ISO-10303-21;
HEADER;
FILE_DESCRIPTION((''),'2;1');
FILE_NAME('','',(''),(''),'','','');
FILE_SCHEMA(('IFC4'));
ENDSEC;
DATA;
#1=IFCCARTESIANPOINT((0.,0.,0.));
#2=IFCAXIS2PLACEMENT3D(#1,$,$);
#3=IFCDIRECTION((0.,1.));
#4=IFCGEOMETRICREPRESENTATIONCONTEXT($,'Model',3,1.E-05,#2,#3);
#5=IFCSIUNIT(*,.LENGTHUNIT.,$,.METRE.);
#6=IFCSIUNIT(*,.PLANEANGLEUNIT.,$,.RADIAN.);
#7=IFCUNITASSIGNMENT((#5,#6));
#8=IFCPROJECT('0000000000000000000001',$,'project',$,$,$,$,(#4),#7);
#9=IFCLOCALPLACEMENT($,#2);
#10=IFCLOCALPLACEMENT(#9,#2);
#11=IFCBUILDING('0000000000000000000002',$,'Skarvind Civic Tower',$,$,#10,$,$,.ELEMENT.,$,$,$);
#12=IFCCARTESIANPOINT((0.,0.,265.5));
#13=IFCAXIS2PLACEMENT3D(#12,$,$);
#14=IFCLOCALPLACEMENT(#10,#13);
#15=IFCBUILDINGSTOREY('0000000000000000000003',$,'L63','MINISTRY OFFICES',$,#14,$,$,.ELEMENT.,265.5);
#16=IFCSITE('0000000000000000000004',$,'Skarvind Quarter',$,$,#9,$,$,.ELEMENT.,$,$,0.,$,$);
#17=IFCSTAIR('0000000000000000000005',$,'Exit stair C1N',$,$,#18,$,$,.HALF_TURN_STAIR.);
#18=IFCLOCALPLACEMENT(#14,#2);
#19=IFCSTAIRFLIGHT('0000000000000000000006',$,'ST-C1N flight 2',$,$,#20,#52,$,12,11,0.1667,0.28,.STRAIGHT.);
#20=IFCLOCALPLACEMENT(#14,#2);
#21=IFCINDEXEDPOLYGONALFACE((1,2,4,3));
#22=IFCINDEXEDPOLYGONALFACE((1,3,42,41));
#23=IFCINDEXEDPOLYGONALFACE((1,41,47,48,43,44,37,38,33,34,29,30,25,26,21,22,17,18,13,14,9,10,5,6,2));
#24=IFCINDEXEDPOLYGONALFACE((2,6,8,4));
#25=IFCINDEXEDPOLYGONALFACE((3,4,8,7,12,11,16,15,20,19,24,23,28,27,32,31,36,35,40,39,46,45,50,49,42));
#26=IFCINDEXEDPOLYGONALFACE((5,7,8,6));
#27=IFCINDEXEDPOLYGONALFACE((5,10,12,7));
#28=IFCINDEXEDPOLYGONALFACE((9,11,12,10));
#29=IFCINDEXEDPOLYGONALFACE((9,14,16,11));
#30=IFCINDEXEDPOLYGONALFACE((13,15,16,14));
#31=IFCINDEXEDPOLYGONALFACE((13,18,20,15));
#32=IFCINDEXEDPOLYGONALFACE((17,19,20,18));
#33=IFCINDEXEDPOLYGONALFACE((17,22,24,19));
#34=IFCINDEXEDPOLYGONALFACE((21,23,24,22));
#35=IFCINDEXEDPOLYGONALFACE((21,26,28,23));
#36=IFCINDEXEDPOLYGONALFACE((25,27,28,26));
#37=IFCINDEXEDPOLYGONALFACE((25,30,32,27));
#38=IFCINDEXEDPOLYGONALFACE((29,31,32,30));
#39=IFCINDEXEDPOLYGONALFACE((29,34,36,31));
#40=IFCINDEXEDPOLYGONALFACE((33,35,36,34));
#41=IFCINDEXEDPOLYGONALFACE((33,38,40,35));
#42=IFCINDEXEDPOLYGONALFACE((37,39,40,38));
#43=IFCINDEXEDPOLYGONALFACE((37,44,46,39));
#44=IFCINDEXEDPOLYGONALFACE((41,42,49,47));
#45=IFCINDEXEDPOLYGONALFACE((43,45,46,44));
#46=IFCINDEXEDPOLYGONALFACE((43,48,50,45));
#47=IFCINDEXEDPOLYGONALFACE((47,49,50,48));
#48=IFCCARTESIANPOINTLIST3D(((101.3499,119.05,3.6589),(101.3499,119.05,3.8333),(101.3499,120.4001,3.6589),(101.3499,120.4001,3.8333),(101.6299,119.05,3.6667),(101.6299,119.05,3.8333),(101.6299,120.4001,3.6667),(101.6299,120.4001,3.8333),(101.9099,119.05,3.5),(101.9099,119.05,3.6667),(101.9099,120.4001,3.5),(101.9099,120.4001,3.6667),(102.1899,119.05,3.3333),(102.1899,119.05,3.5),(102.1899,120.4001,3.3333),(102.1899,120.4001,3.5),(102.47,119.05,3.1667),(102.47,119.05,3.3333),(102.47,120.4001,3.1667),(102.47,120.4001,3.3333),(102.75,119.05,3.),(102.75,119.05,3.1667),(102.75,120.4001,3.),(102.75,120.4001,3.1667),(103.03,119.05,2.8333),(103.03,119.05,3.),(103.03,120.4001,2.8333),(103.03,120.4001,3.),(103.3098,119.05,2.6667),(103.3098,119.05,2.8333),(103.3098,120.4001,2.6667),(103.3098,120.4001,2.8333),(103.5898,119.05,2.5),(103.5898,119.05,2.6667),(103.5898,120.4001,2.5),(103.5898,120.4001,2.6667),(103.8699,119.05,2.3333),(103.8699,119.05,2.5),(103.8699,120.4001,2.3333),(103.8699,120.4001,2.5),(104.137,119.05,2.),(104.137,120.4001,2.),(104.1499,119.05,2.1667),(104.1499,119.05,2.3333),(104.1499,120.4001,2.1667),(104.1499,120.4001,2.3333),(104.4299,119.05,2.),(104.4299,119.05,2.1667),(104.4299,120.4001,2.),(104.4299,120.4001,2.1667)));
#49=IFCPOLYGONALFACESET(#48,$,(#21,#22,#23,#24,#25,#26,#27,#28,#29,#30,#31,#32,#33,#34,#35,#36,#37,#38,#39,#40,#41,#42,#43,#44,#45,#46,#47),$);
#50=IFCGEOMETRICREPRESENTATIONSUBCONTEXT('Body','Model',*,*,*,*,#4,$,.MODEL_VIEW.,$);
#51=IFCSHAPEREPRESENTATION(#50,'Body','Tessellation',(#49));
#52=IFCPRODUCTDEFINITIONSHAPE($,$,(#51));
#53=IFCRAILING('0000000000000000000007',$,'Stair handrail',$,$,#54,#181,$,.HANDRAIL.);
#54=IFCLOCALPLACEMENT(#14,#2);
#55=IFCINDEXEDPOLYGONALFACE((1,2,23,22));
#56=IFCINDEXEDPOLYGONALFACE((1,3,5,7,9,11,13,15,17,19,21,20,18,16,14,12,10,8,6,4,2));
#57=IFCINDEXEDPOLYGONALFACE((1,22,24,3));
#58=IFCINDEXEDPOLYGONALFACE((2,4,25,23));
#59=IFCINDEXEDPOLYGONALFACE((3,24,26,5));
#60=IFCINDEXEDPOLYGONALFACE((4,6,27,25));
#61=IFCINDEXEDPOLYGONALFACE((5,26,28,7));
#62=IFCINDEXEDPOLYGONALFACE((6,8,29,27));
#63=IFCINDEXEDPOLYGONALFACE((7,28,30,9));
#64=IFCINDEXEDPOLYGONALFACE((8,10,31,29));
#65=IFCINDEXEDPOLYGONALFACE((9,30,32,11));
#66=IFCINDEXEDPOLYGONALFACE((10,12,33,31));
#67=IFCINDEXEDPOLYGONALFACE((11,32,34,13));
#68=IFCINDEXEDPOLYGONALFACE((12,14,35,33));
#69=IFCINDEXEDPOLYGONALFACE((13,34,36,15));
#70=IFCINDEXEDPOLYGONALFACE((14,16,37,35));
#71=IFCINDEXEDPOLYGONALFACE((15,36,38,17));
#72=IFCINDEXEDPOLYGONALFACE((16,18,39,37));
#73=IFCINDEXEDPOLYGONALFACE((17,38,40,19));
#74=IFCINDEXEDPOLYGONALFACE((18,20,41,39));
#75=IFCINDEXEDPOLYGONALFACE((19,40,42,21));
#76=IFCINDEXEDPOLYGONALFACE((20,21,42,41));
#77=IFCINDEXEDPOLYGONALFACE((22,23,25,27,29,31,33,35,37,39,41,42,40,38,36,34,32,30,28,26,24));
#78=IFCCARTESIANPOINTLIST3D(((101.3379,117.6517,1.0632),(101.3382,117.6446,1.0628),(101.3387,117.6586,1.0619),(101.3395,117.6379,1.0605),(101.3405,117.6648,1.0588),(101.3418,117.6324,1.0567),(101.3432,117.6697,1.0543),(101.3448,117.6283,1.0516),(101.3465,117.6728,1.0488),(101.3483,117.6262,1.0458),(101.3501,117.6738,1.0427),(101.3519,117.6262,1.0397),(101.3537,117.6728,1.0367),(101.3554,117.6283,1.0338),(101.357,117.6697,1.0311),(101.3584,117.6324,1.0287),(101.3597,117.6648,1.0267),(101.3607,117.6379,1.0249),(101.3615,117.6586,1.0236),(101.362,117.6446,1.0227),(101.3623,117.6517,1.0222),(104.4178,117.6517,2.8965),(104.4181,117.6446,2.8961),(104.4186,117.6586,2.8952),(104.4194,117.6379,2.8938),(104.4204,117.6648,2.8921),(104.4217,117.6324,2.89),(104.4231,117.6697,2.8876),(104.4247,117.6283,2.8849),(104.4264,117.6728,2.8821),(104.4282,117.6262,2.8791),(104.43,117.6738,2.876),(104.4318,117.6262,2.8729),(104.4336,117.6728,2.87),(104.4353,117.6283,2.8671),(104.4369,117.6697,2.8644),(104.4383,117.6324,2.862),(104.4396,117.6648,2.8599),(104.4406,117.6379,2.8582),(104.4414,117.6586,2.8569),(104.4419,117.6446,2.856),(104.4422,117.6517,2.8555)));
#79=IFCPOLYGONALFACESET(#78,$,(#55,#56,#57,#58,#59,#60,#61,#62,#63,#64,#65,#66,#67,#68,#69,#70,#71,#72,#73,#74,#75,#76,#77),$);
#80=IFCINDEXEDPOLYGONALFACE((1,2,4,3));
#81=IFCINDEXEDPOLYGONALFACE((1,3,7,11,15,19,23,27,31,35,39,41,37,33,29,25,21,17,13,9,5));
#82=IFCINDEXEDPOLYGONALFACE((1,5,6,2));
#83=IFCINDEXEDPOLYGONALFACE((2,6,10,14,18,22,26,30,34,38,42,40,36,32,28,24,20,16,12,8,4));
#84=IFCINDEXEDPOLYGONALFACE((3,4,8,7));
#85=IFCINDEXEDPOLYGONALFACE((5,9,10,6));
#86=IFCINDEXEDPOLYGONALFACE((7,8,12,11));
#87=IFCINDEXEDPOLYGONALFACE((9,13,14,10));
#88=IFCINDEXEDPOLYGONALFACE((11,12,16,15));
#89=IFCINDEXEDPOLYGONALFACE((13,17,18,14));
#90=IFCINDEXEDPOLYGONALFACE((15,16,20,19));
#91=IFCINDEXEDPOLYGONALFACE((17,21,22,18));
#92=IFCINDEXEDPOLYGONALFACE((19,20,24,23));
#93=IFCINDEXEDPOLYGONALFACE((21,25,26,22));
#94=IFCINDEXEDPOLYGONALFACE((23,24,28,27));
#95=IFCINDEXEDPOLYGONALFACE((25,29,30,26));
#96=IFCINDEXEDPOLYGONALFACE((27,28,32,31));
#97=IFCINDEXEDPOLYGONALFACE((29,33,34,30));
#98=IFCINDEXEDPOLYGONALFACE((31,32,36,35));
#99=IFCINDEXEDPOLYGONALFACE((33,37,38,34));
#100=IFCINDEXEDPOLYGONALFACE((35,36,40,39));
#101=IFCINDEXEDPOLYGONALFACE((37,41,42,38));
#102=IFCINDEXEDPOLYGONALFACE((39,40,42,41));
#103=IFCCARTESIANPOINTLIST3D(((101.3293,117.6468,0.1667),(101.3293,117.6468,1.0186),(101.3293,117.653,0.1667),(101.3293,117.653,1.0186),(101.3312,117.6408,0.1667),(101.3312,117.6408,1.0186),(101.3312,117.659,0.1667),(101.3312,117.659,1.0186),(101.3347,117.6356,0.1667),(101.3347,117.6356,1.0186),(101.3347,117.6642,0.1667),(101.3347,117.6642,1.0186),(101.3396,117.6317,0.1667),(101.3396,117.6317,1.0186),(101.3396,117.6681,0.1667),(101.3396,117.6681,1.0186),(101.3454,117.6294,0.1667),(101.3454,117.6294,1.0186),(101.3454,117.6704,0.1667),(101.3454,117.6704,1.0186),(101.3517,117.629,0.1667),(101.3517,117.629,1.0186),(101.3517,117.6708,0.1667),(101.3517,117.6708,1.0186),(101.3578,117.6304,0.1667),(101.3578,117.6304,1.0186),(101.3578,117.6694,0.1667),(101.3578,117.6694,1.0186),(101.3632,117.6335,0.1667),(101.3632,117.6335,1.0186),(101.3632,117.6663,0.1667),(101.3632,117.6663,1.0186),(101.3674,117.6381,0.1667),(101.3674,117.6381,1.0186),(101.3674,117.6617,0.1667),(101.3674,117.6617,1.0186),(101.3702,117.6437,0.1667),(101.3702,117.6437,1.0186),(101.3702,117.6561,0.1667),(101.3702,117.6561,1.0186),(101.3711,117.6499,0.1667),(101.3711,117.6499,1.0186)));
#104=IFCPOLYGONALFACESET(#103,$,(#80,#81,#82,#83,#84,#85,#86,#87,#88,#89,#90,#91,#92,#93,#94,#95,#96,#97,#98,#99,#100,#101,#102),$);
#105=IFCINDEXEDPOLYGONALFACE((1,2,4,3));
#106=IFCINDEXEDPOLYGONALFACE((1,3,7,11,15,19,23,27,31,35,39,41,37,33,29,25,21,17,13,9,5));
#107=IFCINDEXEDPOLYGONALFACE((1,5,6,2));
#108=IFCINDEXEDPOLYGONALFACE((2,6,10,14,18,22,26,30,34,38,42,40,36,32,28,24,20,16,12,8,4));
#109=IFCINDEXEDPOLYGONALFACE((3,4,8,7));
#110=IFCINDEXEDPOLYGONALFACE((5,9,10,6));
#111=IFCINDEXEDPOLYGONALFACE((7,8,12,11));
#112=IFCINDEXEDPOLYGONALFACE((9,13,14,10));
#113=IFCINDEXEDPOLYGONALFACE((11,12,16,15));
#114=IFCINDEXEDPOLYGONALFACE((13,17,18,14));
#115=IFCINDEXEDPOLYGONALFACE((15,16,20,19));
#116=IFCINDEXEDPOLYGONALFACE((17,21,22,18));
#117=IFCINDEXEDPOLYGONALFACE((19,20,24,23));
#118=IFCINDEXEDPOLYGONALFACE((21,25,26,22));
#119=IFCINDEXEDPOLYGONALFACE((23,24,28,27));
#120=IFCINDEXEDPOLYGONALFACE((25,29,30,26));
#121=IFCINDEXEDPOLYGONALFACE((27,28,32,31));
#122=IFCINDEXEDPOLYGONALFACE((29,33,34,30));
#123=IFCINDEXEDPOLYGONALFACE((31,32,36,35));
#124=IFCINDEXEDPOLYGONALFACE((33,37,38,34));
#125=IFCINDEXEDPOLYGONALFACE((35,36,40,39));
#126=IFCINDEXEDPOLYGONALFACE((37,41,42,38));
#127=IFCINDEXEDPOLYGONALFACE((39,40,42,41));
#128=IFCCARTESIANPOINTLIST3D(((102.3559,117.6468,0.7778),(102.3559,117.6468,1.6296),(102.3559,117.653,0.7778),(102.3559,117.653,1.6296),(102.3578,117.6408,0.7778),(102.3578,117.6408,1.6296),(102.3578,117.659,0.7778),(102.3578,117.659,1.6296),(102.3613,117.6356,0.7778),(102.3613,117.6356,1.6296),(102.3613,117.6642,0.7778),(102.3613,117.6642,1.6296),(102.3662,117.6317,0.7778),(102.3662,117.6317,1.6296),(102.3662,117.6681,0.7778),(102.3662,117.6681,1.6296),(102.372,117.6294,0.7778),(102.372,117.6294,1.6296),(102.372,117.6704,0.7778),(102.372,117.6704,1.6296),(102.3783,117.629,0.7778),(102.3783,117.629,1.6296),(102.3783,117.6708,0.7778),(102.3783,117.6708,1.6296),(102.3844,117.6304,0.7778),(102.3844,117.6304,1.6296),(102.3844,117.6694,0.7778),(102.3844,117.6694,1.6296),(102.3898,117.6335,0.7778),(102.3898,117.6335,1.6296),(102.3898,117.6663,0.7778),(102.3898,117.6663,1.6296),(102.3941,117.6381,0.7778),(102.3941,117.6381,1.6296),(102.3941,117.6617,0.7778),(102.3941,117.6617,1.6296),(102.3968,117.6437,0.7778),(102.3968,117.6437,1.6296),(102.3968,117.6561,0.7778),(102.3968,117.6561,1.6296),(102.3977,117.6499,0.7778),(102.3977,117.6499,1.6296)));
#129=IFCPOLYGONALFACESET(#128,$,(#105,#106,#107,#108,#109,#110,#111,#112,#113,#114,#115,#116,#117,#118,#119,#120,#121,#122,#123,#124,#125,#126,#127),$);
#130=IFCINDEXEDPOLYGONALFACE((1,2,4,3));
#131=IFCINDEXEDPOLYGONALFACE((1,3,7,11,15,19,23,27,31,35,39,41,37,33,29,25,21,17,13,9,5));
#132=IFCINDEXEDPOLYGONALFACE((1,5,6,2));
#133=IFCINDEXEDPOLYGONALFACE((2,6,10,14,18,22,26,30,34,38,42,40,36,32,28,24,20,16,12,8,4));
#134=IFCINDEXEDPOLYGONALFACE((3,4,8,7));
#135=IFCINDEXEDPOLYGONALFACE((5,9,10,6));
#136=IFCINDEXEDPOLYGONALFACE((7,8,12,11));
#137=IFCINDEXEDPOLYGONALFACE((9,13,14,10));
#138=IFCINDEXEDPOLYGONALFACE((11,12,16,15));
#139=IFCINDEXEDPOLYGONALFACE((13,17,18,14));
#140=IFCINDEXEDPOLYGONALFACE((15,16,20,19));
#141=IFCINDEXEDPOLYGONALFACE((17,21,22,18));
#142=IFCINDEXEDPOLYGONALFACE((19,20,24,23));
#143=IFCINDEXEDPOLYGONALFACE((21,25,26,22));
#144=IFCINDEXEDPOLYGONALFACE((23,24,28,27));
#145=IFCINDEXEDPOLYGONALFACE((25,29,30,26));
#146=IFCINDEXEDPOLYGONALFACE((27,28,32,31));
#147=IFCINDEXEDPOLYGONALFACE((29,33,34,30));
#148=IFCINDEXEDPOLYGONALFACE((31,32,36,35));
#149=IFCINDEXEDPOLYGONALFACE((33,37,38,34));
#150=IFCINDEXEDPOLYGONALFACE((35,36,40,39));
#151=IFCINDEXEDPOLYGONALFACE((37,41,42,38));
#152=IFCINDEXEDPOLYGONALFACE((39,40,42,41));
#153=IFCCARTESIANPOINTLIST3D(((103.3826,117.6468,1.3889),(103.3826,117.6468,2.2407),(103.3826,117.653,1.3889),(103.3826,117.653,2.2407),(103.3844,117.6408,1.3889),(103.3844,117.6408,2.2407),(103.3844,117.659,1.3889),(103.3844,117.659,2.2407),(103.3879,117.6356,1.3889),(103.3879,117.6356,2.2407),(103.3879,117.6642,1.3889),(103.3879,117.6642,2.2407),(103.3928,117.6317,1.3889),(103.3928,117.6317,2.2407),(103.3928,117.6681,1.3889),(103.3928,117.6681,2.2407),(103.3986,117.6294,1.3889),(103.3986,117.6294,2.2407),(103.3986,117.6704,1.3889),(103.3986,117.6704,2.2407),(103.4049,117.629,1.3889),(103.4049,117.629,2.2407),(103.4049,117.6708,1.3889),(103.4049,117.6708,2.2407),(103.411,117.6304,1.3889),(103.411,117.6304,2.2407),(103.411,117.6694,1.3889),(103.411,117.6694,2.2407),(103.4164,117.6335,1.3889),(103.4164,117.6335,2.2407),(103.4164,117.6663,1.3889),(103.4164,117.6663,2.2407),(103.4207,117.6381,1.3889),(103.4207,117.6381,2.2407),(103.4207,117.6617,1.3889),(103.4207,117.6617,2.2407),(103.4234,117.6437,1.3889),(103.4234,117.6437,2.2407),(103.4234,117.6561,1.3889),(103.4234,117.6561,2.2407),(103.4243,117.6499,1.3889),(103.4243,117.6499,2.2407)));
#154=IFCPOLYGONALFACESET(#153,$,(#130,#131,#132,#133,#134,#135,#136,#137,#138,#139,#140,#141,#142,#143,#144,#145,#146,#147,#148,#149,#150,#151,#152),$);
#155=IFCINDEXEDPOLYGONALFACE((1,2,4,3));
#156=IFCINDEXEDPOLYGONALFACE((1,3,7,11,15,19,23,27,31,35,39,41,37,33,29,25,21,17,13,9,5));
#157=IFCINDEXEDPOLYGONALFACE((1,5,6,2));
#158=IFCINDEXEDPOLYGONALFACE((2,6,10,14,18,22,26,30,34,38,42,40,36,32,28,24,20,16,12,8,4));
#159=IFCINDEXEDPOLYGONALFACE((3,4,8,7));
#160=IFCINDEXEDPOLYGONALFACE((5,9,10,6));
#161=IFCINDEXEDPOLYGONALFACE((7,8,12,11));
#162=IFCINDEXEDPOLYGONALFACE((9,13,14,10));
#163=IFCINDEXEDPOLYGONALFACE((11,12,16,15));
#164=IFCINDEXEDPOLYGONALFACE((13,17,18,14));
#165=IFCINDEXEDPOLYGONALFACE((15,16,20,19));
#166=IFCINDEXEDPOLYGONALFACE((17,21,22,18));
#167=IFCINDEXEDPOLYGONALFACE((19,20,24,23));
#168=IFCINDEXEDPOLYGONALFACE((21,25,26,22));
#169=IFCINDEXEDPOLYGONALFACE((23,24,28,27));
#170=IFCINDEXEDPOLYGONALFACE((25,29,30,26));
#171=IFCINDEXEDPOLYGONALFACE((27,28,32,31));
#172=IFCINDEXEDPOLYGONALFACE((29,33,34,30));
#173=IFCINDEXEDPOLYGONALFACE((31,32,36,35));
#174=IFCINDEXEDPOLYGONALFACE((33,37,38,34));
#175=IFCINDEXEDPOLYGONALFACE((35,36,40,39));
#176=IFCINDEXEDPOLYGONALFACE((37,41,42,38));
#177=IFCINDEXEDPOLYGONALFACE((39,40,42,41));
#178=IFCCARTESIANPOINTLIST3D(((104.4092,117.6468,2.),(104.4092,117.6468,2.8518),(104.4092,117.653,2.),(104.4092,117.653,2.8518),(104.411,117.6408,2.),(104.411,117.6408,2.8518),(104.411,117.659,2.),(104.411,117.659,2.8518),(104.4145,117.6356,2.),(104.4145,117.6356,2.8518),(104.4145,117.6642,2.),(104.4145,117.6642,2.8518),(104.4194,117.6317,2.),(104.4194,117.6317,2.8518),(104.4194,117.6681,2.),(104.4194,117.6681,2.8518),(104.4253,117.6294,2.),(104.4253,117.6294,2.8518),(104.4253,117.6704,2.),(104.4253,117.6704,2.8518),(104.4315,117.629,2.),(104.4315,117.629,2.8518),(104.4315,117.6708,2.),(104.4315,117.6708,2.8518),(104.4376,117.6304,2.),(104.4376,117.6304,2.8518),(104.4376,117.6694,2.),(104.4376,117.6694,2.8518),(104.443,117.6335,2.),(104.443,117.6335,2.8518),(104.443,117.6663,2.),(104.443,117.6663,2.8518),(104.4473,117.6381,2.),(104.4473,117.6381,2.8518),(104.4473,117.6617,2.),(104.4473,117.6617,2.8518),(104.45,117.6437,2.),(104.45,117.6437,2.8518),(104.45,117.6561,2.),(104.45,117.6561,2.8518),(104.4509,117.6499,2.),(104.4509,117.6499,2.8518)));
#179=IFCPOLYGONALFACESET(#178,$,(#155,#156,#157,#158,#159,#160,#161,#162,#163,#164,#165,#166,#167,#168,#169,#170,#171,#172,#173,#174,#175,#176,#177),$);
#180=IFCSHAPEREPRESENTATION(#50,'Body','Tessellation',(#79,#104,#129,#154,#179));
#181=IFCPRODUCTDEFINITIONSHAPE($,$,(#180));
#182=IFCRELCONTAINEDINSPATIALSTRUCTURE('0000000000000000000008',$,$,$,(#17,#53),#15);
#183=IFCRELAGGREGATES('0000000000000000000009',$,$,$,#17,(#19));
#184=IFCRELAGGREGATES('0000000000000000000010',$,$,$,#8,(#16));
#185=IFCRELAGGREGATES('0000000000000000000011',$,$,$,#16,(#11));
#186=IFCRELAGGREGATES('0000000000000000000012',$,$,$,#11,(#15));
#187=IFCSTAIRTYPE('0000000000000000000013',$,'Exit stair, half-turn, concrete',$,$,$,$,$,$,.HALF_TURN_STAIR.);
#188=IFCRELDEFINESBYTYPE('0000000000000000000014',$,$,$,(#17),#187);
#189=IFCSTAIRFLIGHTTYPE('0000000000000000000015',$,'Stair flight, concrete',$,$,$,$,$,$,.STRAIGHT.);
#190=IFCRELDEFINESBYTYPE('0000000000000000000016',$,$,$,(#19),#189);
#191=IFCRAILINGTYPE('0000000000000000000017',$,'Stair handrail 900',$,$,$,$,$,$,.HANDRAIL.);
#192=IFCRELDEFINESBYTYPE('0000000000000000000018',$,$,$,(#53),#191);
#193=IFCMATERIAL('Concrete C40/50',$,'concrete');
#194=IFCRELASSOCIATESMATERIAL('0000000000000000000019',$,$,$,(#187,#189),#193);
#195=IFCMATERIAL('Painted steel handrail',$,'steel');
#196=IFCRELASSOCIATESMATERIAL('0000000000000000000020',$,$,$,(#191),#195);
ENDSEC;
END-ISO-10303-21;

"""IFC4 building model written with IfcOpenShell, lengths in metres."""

from ifc_helpers import new_model, si_unit, direction, frame, origin, origin_2d, place, context, subcontext, project, spatial, polyline, circle, outline, extrude, material, type_object, element, aggregate, save


model = new_model("IFC4")

# Units and contexts
model_context = context("Model", 3, precision=1e-05, world=origin(), true_north=direction((0.0, 1.0)))
body_context = subcontext(model_context, "Body", "Model", "MODEL_VIEW")
ifc_project = project(units=[si_unit("LENGTHUNIT", "METRE"), si_unit("PLANEANGLEUNIT", "RADIAN")], contexts=[model_context])

# Site, building, storey
site_placement = place(None, origin())
site = spatial("IfcSite", under=ifc_project, at=site_placement, Name="Skarvind Quarter", CompositionType="ELEMENT", RefElevation=0.0)
building_placement = place(site_placement, origin())
building = spatial("IfcBuilding", under=site, at=building_placement, Name="Skarvind Civic Tower", CompositionType="ELEMENT")
storey_placement = place(building_placement, frame((0.0, 0.0, 265.5)))
storey = spatial("IfcBuildingStorey", under=building, at=storey_placement, Name="L63", Description="MINISTRY OFFICES", CompositionType="ELEMENT", Elevation=265.5)

# Stair, stair flight
ifc_material_1 = material(Name="Concrete C40/50", Category="concrete")
stair_type = type_object("IfcStairType", Name="Exit stair, half-turn, concrete", PredefinedType="HALF_TURN_STAIR", material=ifc_material_1)
stair_placement = place(storey_placement, origin())
stair = element("IfcStair", 1, at=stair_placement, inside=storey, type_object=stair_type, Name="Exit stair C1N", PredefinedType="HALF_TURN_STAIR")
stair_flight_type = type_object("IfcStairFlightType", Name="Stair flight, concrete", PredefinedType="STRAIGHT", material=ifc_material_1)
stair_flight_1_placement = place(storey_placement, frame((104.4299, 119.7251, 2.0), z_axis=(0.0, 0.0, 1.0), x_axis=(-1.0, 0.0, 0.0)))
stair_flight_1 = element("IfcStairFlight", 2, at=stair_flight_1_placement, type_object=stair_flight_type, Name="ST-C1N flight 2", NumberOfRisers=12, NumberOfTreads=11, PredefinedType="STRAIGHT", RiserHeight=0.1667, TreadLength=0.28, context=body_context, shape_type="SweptSolid", body=[
    extrude(outline(polyline([(0.0, 0.0), (0.0, 0.1667), (0.28, 0.1667), (0.28, 0.3333), (0.5601, 0.3333), (0.5601, 0.5), (0.8401, 0.5), (0.8401, 0.6667), (1.1201, 0.6667), (1.1201, 0.8333), (1.3999, 0.8333), (1.3999, 1.0), (1.6799, 1.0), (1.6799, 1.1667), (1.96, 1.1667), (1.96, 1.3333), (2.24, 1.3333), (2.24, 1.5), (2.52, 1.5), (2.52, 1.6667), (2.8, 1.6667), (2.8, 1.8333), (3.0801, 1.8333), (3.0801, 2.0), (3.0801, 1.6589), (0.293, 0.0), (0.0, 0.0)])), frame((0.0, 0.675, 0.0), z_axis=(0.0, -1.0, 0.0), x_axis=(1.0, 0.0, 0.0)), (0.0, 0.0, 1.0), 1.3501),
])
aggregate(stair, [stair_flight_1])

# Railing
ifc_material_2 = material(Name="Painted steel handrail", Category="steel")
railing_type = type_object("IfcRailingType", Name="Stair handrail 900", PredefinedType="HANDRAIL", material=ifc_material_2)
railing_1_placement = place(storey_placement, frame((101.3501, 117.6499, 0.1667)))
element("IfcRailing", 3, at=railing_1_placement, inside=storey, type_object=railing_type, Name="Stair handrail", PredefinedType="HANDRAIL", context=body_context, shape_type="SweptSolid", body=[
    extrude(circle(Radius=0.0239, at=origin_2d()), frame((0.0, 0.0, 0.876), z_axis=(0.859291, 0.0, 0.511487), x_axis=(0.0, 1.0, 0.0)), (0.0, 0.0, 1.0), 3.5842),
    extrude(circle(Radius=0.021, at=origin_2d()), origin(), (0.0, 0.0, 1.0), 0.8518),
    extrude(circle(Radius=0.021, at=origin_2d()), frame((1.0266, 0.0, 0.6111)), (0.0, 0.0, 1.0), 0.8518),
    extrude(circle(Radius=0.021, at=origin_2d()), frame((2.0532, 0.0, 1.2222)), (0.0, 0.0, 1.0), 0.8518),
    extrude(circle(Radius=0.021, at=origin_2d()), frame((3.0798, 0.0, 1.8333)), (0.0, 0.0, 1.0), 0.8518),
])

save(model, "model.ifc")
